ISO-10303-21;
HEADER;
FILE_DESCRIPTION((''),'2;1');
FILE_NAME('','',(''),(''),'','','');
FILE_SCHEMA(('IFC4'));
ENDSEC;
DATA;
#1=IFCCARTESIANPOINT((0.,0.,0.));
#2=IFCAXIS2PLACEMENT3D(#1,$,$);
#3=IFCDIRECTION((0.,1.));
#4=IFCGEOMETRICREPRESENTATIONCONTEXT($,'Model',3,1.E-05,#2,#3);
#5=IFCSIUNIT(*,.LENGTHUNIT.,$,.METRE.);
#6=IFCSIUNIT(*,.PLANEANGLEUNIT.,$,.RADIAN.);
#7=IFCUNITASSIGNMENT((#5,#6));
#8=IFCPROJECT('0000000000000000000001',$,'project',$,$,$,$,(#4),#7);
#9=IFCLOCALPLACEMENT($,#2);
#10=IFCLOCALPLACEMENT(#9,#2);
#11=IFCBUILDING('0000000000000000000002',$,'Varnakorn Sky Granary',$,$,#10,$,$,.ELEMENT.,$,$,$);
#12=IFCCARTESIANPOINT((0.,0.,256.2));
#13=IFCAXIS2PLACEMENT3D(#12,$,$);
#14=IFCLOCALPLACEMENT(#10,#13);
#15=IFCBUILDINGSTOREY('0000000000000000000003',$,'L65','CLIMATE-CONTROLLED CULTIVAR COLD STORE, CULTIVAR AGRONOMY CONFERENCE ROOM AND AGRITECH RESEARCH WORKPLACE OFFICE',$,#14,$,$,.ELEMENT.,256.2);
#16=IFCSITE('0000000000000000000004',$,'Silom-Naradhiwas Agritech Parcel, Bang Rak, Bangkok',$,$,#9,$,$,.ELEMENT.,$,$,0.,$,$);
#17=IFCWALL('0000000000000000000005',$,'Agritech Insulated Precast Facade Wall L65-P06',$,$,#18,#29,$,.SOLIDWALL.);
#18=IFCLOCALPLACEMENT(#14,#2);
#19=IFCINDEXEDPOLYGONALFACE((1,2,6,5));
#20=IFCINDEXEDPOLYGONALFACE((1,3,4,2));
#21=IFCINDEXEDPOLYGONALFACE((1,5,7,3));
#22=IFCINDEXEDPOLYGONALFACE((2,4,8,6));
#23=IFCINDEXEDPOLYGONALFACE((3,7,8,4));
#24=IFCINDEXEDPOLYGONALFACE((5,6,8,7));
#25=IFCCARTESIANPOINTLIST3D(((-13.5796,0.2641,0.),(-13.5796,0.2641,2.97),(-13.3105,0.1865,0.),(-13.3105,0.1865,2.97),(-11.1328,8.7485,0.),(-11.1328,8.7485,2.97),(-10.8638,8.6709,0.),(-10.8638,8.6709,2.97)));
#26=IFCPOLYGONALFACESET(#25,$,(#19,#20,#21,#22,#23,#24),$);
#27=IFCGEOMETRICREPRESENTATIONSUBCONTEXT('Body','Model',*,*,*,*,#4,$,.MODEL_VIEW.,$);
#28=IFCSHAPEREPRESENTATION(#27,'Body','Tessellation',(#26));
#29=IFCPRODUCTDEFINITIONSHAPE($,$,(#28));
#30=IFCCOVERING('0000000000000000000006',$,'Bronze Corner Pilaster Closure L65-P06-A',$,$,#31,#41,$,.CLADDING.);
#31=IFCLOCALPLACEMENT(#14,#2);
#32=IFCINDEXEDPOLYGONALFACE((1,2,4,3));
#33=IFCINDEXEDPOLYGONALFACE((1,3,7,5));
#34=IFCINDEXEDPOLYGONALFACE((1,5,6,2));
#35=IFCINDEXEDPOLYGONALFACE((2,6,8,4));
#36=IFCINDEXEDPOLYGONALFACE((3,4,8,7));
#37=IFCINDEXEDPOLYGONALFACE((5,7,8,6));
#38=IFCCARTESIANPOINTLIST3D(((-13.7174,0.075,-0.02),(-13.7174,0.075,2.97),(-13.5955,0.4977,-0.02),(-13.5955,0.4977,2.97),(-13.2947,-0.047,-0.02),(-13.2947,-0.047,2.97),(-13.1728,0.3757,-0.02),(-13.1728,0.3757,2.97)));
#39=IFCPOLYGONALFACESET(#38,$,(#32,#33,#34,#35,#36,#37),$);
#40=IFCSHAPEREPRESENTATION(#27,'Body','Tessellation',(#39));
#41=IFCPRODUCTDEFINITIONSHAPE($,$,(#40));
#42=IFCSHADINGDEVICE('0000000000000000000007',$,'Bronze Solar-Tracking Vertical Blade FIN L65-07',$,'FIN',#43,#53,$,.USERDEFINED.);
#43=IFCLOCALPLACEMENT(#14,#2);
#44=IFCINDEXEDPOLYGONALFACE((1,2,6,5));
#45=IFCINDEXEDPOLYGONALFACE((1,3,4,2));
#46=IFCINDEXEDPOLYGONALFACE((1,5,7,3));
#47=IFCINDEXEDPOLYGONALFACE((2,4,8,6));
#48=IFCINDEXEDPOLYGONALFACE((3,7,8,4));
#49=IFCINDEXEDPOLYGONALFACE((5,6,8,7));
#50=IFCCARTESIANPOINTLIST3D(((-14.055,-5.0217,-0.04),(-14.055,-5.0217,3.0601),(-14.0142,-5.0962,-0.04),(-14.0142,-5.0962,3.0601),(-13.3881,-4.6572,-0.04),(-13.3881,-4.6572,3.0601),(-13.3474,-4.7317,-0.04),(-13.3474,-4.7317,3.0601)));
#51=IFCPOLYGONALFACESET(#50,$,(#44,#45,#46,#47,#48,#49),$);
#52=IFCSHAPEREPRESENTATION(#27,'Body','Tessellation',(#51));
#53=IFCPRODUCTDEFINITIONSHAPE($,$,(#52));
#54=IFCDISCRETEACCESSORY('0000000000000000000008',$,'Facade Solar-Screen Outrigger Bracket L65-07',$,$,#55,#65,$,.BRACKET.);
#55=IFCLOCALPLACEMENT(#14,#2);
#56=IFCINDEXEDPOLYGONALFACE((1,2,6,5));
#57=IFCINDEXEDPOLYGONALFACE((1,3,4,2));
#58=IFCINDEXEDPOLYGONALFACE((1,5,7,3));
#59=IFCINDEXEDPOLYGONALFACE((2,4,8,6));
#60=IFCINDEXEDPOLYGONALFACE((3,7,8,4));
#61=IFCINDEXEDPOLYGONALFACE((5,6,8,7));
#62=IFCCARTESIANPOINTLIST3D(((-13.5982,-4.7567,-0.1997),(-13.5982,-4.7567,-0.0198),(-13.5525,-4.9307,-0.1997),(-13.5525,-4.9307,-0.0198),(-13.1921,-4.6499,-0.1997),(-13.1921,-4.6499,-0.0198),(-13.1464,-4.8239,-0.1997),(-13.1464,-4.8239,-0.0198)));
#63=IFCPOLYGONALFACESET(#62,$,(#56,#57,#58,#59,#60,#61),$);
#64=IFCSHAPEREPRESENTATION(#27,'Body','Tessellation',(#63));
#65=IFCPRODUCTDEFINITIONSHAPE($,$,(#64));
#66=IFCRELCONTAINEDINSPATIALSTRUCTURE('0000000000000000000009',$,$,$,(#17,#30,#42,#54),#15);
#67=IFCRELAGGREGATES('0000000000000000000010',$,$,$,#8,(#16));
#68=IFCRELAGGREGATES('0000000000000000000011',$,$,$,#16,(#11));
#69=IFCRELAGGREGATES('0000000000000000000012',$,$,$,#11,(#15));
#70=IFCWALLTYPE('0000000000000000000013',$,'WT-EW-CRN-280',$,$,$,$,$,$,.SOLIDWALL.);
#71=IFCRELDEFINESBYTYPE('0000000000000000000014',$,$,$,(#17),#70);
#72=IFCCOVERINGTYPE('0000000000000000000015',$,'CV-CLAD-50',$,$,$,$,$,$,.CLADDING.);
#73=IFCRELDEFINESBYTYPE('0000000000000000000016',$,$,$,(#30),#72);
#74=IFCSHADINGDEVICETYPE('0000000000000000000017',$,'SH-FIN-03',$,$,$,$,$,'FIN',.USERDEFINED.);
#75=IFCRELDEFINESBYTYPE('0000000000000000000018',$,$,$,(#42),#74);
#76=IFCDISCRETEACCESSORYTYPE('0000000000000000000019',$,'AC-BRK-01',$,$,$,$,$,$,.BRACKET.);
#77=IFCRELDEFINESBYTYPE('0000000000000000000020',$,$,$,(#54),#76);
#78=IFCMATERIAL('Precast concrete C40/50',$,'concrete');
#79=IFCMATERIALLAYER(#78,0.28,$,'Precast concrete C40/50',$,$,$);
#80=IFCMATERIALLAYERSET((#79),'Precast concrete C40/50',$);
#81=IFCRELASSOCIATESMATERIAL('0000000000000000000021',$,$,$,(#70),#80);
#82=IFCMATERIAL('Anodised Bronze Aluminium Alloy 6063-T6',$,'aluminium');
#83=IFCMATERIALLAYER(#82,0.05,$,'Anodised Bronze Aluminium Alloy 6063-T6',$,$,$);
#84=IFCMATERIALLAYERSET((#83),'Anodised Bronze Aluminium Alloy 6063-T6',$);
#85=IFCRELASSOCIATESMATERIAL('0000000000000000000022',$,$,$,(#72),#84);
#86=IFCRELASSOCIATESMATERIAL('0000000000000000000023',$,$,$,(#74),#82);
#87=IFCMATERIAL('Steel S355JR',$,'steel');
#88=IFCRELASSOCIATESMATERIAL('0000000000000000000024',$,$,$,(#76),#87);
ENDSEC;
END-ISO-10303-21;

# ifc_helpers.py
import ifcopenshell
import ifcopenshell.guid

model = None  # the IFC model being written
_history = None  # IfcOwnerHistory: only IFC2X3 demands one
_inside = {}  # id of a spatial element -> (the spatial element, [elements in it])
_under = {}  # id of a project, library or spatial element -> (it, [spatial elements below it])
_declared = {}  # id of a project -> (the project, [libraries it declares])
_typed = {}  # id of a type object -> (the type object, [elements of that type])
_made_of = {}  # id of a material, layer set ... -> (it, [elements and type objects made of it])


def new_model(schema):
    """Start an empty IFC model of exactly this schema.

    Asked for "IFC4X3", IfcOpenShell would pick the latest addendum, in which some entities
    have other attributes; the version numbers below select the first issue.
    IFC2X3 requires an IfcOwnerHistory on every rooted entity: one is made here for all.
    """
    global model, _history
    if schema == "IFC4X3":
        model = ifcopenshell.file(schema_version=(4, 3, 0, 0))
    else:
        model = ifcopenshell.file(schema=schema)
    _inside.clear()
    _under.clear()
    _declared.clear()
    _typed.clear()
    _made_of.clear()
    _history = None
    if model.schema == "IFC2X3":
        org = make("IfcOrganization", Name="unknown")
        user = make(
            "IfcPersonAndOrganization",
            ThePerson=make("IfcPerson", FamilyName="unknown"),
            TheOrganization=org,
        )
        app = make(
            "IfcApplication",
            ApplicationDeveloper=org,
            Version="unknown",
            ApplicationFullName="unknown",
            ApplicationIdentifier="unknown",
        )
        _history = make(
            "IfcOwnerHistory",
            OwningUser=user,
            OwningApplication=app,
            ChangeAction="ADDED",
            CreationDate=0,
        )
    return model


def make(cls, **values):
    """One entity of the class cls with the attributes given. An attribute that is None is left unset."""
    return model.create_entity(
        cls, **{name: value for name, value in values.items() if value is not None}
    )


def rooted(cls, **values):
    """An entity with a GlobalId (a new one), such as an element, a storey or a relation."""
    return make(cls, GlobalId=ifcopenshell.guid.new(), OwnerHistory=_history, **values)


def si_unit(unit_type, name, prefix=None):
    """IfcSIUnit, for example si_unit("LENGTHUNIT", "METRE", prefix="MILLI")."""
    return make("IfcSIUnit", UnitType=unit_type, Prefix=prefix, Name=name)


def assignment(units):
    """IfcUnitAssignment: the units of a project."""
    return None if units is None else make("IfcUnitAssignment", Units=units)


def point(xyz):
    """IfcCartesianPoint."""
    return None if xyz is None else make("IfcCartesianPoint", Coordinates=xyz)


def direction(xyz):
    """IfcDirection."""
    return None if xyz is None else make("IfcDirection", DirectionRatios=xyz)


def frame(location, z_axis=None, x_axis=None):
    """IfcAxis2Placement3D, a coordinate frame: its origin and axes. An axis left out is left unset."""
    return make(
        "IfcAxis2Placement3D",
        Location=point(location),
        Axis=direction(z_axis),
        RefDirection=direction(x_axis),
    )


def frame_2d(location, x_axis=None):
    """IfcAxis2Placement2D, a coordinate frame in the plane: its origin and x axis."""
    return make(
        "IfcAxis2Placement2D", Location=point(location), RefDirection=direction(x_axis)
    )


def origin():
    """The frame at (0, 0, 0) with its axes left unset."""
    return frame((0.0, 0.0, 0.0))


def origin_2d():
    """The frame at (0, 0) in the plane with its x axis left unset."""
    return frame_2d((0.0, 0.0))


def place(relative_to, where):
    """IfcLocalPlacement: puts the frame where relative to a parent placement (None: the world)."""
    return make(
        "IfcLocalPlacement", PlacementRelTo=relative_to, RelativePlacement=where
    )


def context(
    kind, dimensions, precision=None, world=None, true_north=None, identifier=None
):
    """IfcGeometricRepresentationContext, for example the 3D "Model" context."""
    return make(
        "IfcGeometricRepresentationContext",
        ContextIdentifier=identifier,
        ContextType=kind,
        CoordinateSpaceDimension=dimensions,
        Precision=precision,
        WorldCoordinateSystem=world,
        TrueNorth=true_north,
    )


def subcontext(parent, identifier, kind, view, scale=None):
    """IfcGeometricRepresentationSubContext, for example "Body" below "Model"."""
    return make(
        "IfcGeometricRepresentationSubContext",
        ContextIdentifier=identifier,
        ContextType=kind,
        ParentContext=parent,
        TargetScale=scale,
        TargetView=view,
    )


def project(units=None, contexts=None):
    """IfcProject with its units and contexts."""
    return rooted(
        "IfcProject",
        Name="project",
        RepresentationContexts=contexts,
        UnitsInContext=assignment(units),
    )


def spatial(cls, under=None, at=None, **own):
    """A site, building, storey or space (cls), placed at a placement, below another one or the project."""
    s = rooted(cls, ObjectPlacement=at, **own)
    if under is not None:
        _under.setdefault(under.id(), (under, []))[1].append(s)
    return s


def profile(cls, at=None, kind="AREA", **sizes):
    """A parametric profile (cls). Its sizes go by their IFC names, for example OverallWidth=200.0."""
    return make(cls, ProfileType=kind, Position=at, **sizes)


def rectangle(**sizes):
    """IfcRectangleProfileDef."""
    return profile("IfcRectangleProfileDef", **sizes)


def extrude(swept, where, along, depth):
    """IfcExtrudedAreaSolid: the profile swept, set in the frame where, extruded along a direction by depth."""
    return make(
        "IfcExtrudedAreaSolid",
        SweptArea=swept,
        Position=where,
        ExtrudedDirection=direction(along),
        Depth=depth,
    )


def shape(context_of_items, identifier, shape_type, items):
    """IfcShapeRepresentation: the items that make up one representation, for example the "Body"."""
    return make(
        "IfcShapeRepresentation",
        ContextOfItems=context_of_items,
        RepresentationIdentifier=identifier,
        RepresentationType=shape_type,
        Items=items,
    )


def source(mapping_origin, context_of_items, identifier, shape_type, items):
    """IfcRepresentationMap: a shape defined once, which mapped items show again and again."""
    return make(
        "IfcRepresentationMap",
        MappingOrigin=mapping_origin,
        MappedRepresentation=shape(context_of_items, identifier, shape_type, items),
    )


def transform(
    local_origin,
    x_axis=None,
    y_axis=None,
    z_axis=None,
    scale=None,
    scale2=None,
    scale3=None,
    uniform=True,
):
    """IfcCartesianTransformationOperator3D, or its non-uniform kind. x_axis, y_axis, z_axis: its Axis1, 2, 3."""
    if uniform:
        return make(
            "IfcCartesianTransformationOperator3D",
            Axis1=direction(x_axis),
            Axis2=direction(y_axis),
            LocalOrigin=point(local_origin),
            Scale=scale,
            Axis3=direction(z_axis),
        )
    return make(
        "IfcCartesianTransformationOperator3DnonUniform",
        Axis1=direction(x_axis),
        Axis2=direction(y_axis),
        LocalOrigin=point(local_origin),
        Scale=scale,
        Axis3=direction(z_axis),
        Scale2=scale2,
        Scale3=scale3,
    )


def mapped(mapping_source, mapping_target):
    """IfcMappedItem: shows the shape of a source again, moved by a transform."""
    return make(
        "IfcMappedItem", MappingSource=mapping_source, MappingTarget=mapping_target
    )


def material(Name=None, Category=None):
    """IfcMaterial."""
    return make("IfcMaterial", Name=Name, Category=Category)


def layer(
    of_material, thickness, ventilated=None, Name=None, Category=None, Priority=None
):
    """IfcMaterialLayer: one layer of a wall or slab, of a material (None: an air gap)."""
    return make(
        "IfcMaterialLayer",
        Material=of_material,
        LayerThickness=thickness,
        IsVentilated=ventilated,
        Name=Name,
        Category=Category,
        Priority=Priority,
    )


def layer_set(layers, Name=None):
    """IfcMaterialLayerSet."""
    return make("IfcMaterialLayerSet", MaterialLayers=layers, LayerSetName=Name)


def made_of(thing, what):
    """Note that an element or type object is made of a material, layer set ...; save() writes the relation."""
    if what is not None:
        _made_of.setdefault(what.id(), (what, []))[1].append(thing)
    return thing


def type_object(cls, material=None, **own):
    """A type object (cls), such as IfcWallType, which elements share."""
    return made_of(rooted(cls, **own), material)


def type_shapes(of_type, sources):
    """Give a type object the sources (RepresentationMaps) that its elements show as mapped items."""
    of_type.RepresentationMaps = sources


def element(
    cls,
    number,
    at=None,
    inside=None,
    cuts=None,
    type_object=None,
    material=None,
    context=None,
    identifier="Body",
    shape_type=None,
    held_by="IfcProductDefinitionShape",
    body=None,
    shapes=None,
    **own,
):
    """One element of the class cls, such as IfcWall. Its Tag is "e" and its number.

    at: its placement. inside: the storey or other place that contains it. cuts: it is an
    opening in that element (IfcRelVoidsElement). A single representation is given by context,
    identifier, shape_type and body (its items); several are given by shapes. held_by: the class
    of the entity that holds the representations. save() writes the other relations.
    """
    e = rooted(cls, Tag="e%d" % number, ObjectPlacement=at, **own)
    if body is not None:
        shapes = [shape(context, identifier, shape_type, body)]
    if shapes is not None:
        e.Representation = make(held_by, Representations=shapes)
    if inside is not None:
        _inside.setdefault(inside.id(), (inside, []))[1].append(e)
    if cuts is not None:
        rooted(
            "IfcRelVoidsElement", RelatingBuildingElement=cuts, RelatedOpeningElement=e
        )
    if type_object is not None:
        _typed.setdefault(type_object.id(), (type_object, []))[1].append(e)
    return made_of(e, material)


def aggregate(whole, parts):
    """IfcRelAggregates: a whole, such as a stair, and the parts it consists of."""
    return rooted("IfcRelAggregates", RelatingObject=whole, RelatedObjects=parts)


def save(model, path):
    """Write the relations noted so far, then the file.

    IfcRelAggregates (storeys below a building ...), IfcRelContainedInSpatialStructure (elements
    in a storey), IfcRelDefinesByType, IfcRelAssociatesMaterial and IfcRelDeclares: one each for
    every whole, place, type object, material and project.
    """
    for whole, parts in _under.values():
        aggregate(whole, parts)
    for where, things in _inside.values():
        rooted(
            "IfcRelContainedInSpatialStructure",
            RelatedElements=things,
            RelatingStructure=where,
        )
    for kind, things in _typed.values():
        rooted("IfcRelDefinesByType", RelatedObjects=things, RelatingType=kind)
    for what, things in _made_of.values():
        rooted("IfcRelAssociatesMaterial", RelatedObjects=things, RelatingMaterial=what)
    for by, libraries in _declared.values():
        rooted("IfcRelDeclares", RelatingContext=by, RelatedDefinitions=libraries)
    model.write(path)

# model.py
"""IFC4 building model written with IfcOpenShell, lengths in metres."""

from ifc_helpers import new_model, si_unit, direction, frame, frame_2d, origin, origin_2d, place, context, subcontext, project, spatial, rectangle, extrude, source, transform, mapped, material, layer, layer_set, type_object, type_shapes, element, save


model = new_model("IFC4")

# Units and contexts
model_context = context("Model", 3, precision=1e-05, world=origin(), true_north=direction((0.0, 1.0)))
body_context = subcontext(model_context, "Body", "Model", "MODEL_VIEW")
ifc_project = project(units=[si_unit("LENGTHUNIT", "METRE"), si_unit("PLANEANGLEUNIT", "RADIAN")], contexts=[model_context])

# Site, building, storey
site_placement = place(None, origin())
site = spatial("IfcSite", under=ifc_project, at=site_placement, Name="Silom-Naradhiwas Agritech Parcel, Bang Rak, Bangkok", CompositionType="ELEMENT", RefElevation=0.0)
building_placement = place(site_placement, origin())
building = spatial("IfcBuilding", under=site, at=building_placement, Name="Varnakorn Sky Granary", CompositionType="ELEMENT")
storey_placement = place(building_placement, frame((0.0, 0.0, 256.2)))
storey = spatial("IfcBuildingStorey", under=building, at=storey_placement, Name="L65", Description="CLIMATE-CONTROLLED CULTIVAR COLD STORE, CULTIVAR AGRONOMY CONFERENCE ROOM AND AGRITECH RESEARCH WORKPLACE OFFICE", CompositionType="ELEMENT", Elevation=256.2)

# Shared definitions
ifc_material_1 = material(Name="Steel S355JR", Category="steel")

# Shared definitions
ifc_material_2 = material(Name="Anodised Bronze Aluminium Alloy 6063-T6", Category="aluminium")

# Wall
ifc_material_3 = material(Name="Precast concrete C40/50", Category="concrete")
ifc_layer_1 = layer(ifc_material_3, 0.28, Name="Precast concrete C40/50")
ifc_layer_set_1 = layer_set([ifc_layer_1], Name="Precast concrete C40/50")
wall_type = type_object("IfcWallType", Name="WT-EW-CRN-280", PredefinedType="SOLIDWALL", material=ifc_layer_set_1)
wall_placement = place(storey_placement, frame((-13.4451, 0.2253, 0.0), z_axis=(0.0, 0.0, 1.0), x_axis=(0.277094, 0.960843, 0.0)))
element("IfcWall", 1, at=wall_placement, inside=storey, type_object=wall_type, Name="Agritech Insulated Precast Facade Wall L65-P06", PredefinedType="SOLIDWALL", context=body_context, shape_type="SweptSolid", body=[
    extrude(rectangle(XDim=8.8301, YDim=0.28, at=frame_2d((4.415, 0.0))), origin(), (0.0, 0.0, 1.0), 2.97),
])

# Covering
ifc_layer_2 = layer(ifc_material_2, 0.05, Name="Anodised Bronze Aluminium Alloy 6063-T6")
ifc_layer_set_2 = layer_set([ifc_layer_2], Name="Anodised Bronze Aluminium Alloy 6063-T6")
covering_type = type_object("IfcCoveringType", Name="CV-CLAD-50", PredefinedType="CLADDING", material=ifc_layer_set_2)
shared_shape_1 = source(origin(), body_context, "Body", "SweptSolid", [
    extrude(rectangle(XDim=0.4399, YDim=0.4399, at=origin_2d()), origin(), (0.0, 0.0, 1.0), 2.99),
])
type_shapes(covering_type, [shared_shape_1])
covering_placement = place(storey_placement, frame((-13.4451, 0.2253, -0.02), z_axis=(0.0, 0.0, 1.0), x_axis=(0.277147, 0.960828, 0.0)))
element("IfcCovering", 2, at=covering_placement, inside=storey, type_object=covering_type, Name="Bronze Corner Pilaster Closure L65-P06-A", PredefinedType="CLADDING", context=body_context, shape_type="MappedRepresentation", body=[
    mapped(shared_shape_1, transform((0.0, 0.0, 0.0), x_axis=(1.0, 0.0, 0.0), y_axis=(0.0, 1.0, 0.0), z_axis=(0.0, 0.0, 1.0), scale=1.0)),
])

# Shading device
shading_device_type = type_object("IfcShadingDeviceType", Name="SH-FIN-03", ElementType="FIN", PredefinedType="USERDEFINED", material=ifc_material_2)
shared_shape_2 = source(origin(), body_context, "Body", "SweptSolid", [
    extrude(rectangle(XDim=0.085, YDim=0.76, at=origin_2d()), origin(), (0.0, 0.0, 1.0), 3.1001),
])
type_shapes(shading_device_type, [shared_shape_2])
shading_device_placement = place(storey_placement, frame((-13.7012, -4.8767, -0.04), z_axis=(0.0, 0.0, 1.0), x_axis=(0.479612, -0.877481, 0.0)))
element("IfcShadingDevice", 3, at=shading_device_placement, inside=storey, type_object=shading_device_type, Name="Bronze Solar-Tracking Vertical Blade FIN L65-07", ObjectType="FIN", PredefinedType="USERDEFINED", context=body_context, shape_type="MappedRepresentation", body=[
    mapped(shared_shape_2, transform((0.0, 0.0, 0.0), x_axis=(1.0, 0.0, 0.0), y_axis=(0.0, 1.0, 0.0), z_axis=(0.0, 0.0, 1.0), scale=1.0)),
])

# Discrete accessory
discrete_accessory_type = type_object("IfcDiscreteAccessoryType", Name="AC-BRK-01", PredefinedType="BRACKET", material=ifc_material_1)
shared_shape_3 = source(origin(), body_context, "Body", "SweptSolid", [
    extrude(rectangle(XDim=0.1799, YDim=0.4199, at=origin_2d()), origin(), (0.0, 0.0, 1.0), 0.1799),
])
type_shapes(discrete_accessory_type, [shared_shape_3])
discrete_accessory_placement = place(storey_placement, frame((-13.3723, -4.7903, -0.1997), z_axis=(0.0, 0.0, 1.0), x_axis=(0.254238, -0.967142, 0.0)))
element("IfcDiscreteAccessory", 4, at=discrete_accessory_placement, inside=storey, type_object=discrete_accessory_type, Name="Facade Solar-Screen Outrigger Bracket L65-07", PredefinedType="BRACKET", context=body_context, shape_type="MappedRepresentation", body=[
    mapped(shared_shape_3, transform((0.0, 0.0, 0.0), x_axis=(1.0, 0.0, 0.0), y_axis=(0.0, 1.0, 0.0), z_axis=(0.0, 0.0, 1.0), scale=1.0)),
])

save(model, "model.ifc")
